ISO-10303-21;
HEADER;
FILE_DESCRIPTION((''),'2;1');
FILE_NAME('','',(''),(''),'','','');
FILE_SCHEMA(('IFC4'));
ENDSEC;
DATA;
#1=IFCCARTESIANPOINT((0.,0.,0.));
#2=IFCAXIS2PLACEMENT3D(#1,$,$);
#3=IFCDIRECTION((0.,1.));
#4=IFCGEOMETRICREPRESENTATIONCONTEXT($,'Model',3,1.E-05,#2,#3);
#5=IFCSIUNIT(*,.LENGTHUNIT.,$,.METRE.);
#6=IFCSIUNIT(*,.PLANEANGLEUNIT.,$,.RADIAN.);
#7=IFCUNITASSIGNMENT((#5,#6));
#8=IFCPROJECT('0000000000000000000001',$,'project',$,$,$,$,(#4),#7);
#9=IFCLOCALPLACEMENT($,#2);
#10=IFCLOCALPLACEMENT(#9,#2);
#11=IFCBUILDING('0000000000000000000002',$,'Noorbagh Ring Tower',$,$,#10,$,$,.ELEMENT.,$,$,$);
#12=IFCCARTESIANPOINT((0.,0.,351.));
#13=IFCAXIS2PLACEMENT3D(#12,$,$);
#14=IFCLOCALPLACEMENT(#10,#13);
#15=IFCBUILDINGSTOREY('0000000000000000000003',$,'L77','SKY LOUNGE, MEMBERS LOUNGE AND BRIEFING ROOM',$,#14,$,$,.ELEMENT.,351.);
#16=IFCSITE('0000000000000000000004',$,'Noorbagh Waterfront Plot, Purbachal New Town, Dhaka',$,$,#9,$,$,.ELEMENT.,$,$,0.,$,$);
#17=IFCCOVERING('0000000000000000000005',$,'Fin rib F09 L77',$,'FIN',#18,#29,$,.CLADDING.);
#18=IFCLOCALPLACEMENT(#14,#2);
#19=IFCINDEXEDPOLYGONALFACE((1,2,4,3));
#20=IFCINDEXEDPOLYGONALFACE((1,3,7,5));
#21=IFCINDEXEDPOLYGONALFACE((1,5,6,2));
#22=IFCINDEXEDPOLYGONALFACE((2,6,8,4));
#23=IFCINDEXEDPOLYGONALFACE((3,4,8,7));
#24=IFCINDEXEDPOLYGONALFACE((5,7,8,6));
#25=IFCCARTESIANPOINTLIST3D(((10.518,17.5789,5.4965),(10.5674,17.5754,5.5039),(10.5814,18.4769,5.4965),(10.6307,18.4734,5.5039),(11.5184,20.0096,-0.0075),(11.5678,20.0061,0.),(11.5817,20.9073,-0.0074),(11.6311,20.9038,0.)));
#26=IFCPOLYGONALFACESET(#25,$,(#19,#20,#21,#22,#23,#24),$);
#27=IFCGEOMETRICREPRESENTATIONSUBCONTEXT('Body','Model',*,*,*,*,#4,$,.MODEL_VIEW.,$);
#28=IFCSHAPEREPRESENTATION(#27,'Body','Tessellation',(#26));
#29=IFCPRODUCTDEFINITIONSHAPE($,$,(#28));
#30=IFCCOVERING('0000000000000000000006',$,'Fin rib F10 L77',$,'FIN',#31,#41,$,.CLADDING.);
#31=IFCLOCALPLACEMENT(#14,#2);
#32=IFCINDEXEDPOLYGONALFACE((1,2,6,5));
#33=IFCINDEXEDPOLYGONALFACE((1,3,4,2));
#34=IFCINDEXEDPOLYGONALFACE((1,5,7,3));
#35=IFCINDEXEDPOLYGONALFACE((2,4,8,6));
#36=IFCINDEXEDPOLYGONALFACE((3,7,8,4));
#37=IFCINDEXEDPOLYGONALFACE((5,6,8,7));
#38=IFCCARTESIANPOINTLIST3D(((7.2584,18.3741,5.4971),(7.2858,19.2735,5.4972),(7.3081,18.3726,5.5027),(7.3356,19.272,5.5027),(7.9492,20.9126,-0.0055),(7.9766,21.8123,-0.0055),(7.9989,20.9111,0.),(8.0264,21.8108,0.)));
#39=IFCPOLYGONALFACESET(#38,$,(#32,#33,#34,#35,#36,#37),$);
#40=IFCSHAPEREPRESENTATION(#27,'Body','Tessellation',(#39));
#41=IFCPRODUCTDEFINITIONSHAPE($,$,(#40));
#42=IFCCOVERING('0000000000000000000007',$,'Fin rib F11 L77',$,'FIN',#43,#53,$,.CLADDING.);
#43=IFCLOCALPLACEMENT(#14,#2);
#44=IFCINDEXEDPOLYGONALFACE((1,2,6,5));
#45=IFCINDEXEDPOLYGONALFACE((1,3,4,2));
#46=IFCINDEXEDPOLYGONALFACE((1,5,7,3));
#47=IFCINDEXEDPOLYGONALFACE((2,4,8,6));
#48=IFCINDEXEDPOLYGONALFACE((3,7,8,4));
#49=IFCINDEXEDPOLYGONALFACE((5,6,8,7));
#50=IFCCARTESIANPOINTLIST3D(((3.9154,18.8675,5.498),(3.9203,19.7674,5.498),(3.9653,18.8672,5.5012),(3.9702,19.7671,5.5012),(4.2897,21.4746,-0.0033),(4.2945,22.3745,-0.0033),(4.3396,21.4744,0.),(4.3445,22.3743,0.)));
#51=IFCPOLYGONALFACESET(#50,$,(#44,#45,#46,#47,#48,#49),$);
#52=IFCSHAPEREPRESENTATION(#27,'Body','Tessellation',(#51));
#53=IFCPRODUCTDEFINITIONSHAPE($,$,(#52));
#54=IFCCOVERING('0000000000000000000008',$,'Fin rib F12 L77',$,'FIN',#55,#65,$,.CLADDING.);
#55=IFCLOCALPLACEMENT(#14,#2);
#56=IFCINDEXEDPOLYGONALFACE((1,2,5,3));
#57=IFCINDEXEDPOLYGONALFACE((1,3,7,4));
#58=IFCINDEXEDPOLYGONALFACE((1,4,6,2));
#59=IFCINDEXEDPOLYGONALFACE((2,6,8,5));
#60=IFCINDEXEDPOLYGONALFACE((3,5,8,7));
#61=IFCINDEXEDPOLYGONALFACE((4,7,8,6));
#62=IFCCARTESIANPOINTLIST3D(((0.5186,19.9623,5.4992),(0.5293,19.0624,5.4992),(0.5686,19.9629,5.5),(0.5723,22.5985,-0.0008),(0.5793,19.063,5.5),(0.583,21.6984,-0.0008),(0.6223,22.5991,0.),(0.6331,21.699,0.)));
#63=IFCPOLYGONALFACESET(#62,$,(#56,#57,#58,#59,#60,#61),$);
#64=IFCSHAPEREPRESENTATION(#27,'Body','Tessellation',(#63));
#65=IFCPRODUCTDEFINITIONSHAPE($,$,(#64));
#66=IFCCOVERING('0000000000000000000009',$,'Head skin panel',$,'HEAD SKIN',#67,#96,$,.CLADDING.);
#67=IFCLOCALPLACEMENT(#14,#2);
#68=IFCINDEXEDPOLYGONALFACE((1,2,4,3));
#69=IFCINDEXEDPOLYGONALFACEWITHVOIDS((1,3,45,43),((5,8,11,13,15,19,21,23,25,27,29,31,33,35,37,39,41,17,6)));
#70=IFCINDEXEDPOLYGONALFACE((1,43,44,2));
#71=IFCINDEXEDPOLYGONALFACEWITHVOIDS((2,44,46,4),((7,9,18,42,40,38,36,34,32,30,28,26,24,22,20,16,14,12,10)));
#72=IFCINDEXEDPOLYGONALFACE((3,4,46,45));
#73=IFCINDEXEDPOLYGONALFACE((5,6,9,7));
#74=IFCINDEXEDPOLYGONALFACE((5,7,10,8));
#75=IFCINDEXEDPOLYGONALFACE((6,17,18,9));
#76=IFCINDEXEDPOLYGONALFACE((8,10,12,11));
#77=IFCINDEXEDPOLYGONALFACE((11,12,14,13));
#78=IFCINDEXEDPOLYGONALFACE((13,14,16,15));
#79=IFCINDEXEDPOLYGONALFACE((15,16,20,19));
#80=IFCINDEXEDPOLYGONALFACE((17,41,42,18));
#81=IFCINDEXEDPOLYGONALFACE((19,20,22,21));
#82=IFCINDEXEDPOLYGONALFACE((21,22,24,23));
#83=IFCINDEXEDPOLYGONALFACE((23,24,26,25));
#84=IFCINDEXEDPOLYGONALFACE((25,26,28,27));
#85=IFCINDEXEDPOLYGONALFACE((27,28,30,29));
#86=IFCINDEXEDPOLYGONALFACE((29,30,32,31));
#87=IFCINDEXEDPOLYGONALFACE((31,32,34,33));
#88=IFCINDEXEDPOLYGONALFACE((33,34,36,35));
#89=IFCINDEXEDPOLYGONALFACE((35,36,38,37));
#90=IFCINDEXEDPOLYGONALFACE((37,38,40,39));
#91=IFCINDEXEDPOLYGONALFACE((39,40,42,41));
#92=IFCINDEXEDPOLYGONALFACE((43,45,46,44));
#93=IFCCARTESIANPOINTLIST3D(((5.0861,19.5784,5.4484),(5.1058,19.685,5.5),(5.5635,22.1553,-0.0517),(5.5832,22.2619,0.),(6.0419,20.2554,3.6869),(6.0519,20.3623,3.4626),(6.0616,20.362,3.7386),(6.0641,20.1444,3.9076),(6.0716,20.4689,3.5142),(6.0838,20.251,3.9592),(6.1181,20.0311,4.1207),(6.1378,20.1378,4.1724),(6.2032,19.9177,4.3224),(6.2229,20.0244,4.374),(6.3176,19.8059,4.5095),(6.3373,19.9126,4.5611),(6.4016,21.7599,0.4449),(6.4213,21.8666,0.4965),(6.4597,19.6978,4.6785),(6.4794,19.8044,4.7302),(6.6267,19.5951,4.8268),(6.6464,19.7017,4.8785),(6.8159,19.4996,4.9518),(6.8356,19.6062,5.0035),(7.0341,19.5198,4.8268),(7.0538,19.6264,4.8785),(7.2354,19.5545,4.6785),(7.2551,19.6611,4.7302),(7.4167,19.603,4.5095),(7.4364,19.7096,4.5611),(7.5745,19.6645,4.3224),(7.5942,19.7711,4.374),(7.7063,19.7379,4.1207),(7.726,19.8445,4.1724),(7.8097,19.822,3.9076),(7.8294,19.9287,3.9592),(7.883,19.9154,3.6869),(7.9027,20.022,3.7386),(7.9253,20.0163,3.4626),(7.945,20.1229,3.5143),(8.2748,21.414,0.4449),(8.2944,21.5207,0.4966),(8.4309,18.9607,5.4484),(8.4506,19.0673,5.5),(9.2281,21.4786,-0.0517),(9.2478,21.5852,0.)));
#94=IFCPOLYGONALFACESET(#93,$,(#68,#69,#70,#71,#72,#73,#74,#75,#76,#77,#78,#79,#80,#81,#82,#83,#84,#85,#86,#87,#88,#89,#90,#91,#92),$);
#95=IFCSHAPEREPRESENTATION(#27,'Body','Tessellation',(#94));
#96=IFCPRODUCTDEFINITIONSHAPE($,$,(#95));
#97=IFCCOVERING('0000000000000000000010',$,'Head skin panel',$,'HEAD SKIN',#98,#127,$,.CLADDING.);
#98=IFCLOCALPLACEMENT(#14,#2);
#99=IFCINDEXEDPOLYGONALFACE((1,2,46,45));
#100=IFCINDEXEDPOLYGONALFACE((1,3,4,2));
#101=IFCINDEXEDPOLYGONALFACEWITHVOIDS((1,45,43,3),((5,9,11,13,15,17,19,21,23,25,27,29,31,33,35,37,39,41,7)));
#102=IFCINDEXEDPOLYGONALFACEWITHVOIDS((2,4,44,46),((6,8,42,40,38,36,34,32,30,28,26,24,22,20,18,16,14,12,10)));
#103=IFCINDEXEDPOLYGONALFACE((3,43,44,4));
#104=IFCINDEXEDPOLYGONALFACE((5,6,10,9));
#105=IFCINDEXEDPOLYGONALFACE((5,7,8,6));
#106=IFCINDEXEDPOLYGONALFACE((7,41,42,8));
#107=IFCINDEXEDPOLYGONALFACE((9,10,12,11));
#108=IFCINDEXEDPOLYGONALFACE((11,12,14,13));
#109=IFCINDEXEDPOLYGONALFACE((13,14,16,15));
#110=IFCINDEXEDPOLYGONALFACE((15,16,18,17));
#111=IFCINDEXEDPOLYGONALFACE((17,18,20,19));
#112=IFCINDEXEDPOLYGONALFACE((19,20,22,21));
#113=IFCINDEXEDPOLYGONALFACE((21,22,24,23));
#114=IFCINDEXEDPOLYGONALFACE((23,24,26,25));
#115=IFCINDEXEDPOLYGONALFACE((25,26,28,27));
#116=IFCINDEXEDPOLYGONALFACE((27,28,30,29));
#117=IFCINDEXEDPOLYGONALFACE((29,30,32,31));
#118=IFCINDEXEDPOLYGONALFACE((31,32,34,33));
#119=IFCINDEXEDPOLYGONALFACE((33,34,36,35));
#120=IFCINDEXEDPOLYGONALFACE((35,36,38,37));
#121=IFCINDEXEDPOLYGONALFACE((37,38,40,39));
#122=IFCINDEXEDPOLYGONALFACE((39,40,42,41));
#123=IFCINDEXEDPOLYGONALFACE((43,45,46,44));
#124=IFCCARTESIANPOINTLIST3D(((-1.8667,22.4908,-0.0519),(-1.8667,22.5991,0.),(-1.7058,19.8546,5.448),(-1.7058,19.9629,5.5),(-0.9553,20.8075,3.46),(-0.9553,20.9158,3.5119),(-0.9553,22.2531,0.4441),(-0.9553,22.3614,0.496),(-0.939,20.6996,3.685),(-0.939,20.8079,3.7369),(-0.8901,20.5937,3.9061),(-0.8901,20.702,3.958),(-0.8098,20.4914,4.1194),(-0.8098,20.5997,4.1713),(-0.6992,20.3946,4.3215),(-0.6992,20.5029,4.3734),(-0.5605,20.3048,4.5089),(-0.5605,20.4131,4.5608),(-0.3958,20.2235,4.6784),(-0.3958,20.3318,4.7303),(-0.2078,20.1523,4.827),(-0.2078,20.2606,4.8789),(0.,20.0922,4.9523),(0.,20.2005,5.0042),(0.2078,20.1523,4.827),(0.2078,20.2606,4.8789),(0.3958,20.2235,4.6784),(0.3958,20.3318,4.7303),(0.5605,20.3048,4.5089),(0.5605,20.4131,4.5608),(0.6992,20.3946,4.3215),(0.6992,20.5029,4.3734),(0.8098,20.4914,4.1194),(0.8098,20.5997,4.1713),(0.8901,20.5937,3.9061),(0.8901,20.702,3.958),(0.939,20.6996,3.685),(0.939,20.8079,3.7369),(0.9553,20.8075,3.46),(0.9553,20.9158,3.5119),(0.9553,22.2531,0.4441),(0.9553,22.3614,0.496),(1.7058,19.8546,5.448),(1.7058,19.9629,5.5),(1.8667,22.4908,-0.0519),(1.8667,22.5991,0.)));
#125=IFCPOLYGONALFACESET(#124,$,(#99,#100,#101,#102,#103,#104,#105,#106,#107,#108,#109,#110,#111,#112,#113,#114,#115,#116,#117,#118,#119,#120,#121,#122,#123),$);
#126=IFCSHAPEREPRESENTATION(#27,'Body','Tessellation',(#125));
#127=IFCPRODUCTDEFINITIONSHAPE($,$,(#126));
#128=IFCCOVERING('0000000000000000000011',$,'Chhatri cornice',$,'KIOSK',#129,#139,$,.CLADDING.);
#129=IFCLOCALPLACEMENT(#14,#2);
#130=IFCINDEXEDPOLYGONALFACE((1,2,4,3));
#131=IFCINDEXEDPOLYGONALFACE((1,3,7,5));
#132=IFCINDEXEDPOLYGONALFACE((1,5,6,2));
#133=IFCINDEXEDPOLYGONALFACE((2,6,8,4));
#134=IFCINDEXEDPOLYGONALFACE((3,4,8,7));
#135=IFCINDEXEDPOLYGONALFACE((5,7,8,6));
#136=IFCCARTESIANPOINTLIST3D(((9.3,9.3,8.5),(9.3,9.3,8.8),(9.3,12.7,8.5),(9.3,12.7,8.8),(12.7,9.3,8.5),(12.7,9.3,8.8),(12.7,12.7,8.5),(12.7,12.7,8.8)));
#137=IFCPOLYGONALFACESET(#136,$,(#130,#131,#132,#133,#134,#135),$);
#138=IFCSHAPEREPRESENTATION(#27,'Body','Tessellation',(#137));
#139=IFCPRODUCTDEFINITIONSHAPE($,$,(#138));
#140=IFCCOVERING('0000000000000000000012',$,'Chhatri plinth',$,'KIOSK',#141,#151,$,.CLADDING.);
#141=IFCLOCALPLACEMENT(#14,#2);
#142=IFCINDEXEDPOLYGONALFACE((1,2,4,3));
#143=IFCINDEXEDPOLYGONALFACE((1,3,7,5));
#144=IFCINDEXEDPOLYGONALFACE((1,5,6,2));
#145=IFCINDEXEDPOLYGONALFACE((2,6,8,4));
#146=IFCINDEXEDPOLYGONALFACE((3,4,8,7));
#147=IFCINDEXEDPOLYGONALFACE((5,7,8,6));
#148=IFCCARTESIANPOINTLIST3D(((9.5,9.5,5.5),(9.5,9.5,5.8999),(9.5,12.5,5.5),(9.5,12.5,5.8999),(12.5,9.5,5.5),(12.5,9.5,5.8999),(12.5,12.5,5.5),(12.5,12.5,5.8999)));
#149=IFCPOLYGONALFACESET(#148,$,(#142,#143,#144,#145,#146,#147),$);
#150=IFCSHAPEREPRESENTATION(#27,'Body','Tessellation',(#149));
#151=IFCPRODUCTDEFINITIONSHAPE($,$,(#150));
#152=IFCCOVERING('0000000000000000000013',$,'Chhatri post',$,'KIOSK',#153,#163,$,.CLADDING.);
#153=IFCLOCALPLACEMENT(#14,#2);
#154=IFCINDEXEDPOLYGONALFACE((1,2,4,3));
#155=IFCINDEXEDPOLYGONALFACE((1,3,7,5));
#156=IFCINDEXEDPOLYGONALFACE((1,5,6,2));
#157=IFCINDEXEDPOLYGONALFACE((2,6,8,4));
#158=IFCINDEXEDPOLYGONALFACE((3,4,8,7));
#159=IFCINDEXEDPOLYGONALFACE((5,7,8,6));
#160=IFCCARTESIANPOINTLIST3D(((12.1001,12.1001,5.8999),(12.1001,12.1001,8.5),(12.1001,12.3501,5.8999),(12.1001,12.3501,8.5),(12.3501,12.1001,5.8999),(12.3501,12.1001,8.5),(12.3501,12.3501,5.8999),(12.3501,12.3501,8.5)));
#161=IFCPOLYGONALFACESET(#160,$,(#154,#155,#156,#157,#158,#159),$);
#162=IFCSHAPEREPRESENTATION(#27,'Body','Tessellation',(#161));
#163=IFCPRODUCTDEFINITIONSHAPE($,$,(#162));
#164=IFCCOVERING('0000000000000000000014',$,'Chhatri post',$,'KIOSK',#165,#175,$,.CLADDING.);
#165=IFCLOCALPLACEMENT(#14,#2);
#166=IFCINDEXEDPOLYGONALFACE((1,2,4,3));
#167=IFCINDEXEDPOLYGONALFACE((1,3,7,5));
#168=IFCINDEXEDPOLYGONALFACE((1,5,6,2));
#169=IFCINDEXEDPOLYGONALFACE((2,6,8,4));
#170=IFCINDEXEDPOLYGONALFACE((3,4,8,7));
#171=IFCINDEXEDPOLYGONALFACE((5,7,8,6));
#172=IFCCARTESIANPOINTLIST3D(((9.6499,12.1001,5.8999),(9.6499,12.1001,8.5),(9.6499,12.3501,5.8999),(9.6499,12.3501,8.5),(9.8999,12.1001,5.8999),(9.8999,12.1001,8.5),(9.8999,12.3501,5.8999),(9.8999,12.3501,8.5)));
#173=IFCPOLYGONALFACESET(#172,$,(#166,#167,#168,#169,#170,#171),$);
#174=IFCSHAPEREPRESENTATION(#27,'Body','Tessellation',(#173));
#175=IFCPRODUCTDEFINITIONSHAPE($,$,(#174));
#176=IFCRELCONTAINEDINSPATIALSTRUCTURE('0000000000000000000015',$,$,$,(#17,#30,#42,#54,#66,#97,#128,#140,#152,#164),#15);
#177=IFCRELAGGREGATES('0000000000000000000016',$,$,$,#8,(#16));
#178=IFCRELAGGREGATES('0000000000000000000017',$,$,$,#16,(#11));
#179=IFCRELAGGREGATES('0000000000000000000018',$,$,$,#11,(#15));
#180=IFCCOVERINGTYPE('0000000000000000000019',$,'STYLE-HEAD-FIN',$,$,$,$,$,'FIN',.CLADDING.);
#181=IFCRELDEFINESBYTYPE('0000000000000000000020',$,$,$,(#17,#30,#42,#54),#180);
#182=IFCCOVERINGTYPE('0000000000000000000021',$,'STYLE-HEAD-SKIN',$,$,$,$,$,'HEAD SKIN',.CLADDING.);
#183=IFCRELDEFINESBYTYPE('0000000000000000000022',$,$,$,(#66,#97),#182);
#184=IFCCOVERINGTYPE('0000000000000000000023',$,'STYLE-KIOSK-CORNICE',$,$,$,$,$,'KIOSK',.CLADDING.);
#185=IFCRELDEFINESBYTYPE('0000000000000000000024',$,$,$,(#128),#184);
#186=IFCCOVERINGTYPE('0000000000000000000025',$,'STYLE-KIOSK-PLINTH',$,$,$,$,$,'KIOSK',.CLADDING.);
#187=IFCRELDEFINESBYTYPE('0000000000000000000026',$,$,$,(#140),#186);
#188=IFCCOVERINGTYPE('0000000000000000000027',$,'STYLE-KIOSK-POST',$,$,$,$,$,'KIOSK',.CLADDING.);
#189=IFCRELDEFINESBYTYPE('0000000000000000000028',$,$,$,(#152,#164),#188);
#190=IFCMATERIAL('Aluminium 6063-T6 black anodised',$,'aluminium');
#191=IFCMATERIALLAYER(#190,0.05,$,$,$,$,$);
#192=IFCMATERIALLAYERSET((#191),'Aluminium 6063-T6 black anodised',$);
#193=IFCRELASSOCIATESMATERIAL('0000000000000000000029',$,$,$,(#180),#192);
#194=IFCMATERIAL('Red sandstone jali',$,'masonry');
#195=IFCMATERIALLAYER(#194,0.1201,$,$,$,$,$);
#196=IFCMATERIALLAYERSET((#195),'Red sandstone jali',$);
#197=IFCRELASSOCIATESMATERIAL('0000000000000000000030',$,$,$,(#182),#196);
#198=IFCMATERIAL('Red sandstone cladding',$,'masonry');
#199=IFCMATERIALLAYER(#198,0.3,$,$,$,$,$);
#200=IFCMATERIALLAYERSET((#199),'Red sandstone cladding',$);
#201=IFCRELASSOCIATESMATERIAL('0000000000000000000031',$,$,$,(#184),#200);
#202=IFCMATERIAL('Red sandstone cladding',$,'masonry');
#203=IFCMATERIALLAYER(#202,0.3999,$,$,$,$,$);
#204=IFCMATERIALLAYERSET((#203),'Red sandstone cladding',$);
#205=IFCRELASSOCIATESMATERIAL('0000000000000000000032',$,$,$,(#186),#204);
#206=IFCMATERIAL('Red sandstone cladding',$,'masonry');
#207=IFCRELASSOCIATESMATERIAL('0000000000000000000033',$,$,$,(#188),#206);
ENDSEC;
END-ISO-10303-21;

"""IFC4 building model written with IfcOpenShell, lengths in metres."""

from ifc_helpers import new_model, si_unit, direction, frame, origin, origin_2d, place, context, subcontext, project, spatial, polyline, rectangle, outline, extrude, material, layer, layer_set, type_object, element, save


model = new_model("IFC4")

# Units and contexts
model_context = context("Model", 3, precision=1e-05, world=origin(), true_north=direction((0.0, 1.0)))
body_context = subcontext(model_context, "Body", "Model", "MODEL_VIEW")
ifc_project = project(units=[si_unit("LENGTHUNIT", "METRE"), si_unit("PLANEANGLEUNIT", "RADIAN")], contexts=[model_context])

# Site, building, storey
site_placement = place(None, origin())
site = spatial("IfcSite", under=ifc_project, at=site_placement, Name="Noorbagh Waterfront Plot, Purbachal New Town, Dhaka", CompositionType="ELEMENT", RefElevation=0.0)
building_placement = place(site_placement, origin())
building = spatial("IfcBuilding", under=site, at=building_placement, Name="Noorbagh Ring Tower", CompositionType="ELEMENT")
storey_placement = place(building_placement, frame((0.0, 0.0, 351.0)))
storey = spatial("IfcBuildingStorey", under=building, at=storey_placement, Name="L77", Description="SKY LOUNGE, MEMBERS LOUNGE AND BRIEFING ROOM", CompositionType="ELEMENT", Elevation=351.0)

# Coverings
ifc_material_1 = material(Name="Aluminium 6063-T6 black anodised", Category="aluminium")
ifc_layer_1 = layer(ifc_material_1, 0.05)
ifc_layer_set_1 = layer_set([ifc_layer_1], Name="Aluminium 6063-T6 black anodised")
covering_type_1 = type_object("IfcCoveringType", Name="STYLE-HEAD-FIN", ElementType="FIN", PredefinedType="CLADDING", material=ifc_layer_set_1)
covering_1_placement = place(storey_placement, frame((11.6311, 20.9038, 0.0), z_axis=(0.986451, -0.069608, 0.148554), x_axis=(-0.164014, -0.39848, 0.902393)))
element("IfcCovering", 1, at=covering_1_placement, inside=storey, type_object=covering_type_1, Name="Fin rib F09 L77", ObjectType="FIN", PredefinedType="CLADDING", context=body_context, shape_type="SweptSolid", body=[
    extrude(outline(polyline([(0.0, 0.0), (6.0992, 0.0), (6.4674, 0.8214), (0.3681, 0.8212), (0.0, 0.0)])), origin(), (0.0, 0.0, -1.0), 0.05),
])
covering_2_placement = place(storey_placement, frame((8.0264, 21.8108, 0.0), z_axis=(0.993389, -0.030331, 0.110714), x_axis=(-0.113257, -0.416242, 0.902172)))
element("IfcCovering", 2, at=covering_2_placement, inside=storey, type_object=covering_type_1, Name="Fin rib F10 L77", ObjectType="FIN", PredefinedType="CLADDING", context=body_context, shape_type="SweptSolid", body=[
    extrude(outline(polyline([(0.0, 0.0), (6.0994, 0.0), (6.4769, 0.8168), (0.3776, 0.817), (0.0, 0.0)])), origin(), (0.0, 0.0, -1.0), 0.05),
])
covering_3_placement = place(storey_placement, frame((4.3445, 22.3743, 0.0), z_axis=(0.99785, -0.005414, 0.065321), x_axis=(-0.061363, -0.427459, 0.90195)))
element("IfcCovering", 3, at=covering_3_placement, inside=storey, type_object=covering_type_1, Name="Fin rib F11 L77", ObjectType="FIN", PredefinedType="CLADDING", context=body_context, shape_type="SweptSolid", body=[
    extrude(outline(polyline([(0.0, 0.0), (6.0993, 0.0), (6.4842, 0.8134), (0.385, 0.8134), (0.0, 0.0)])), origin(), (0.0, 0.0, -1.0), 0.05),
])
covering_4_placement = place(storey_placement, frame((0.6223, 22.5991, 0.0), z_axis=(0.999809, 0.011933, 0.015483), x_axis=(-0.008806, -0.432212, 0.901729)))
element("IfcCovering", 4, at=covering_4_placement, inside=storey, type_object=covering_type_1, Name="Fin rib F12 L77", ObjectType="FIN", PredefinedType="CLADDING", context=body_context, shape_type="SweptSolid", body=[
    extrude(outline(polyline([(0.0, 0.0), (6.0994, 0.0), (6.4882, 0.8116), (0.389, 0.8118), (0.0, 0.0)])), origin(), (0.0, 0.0, -1.0), 0.05),
])
ifc_material_2 = material(Name="Red sandstone jali", Category="masonry")
ifc_layer_2 = layer(ifc_material_2, 0.1201)
ifc_layer_set_2 = layer_set([ifc_layer_2], Name="Red sandstone jali")
covering_type_2 = type_object("IfcCoveringType", Name="STYLE-HEAD-SKIN", ElementType="HEAD SKIN", PredefinedType="CLADDING", material=ifc_layer_set_2)
covering_5_placement = place(storey_placement, frame((9.2478, 21.5852, 0.0), z_axis=(0.163937, 0.887742, 0.430161), x_axis=(-0.983373, 0.181599, -0.000003)))
element("IfcCovering", 5, at=covering_5_placement, inside=storey, type_object=covering_type_2, Name="Head skin panel", ObjectType="HEAD SKIN", PredefinedType="CLADDING", context=body_context, shape_type="SweptSolid", body=[
    extrude(outline(polyline([(0.0, 0.0), (3.7266, 0.0), (3.728, 6.0925), (0.3267, 6.0925), (0.0, 0.0)]), holes=[polyline([(0.9258, 0.55), (1.0156, 3.8928), (1.0388, 4.1414), (1.094, 4.3857), (1.1804, 4.6218), (1.2966, 4.8452), (1.4407, 5.0525), (1.6101, 5.2397), (1.8018, 5.4041), (2.0127, 5.5425), (2.2161, 5.4041), (2.3989, 5.2397), (2.5583, 5.0525), (2.6912, 4.8452), (2.7954, 4.6218), (2.8691, 4.3857), (2.9111, 4.1414), (2.9207, 3.8928), (2.8306, 0.55), (0.9258, 0.55)])]), origin(), (0.0, 0.0, -1.0), 0.1201),
])
covering_6_placement = place(storey_placement, frame((1.8667, 22.5991, 0.0), z_axis=(0.0, 0.901764, 0.432229), x_axis=(-1.0, 0.0, 0.0)))
element("IfcCovering", 6, at=covering_6_placement, inside=storey, type_object=covering_type_2, Name="Head skin panel", ObjectType="HEAD SKIN", PredefinedType="CLADDING", context=body_context, shape_type="SweptSolid", body=[
    extrude(outline(polyline([(0.0, 0.0), (3.7334, 0.0), (3.5725, 6.0991), (0.1609, 6.0991), (0.0, 0.0)]), holes=[polyline([(0.9114, 0.55), (0.9114, 3.8945), (0.9277, 4.144), (0.9766, 4.3892), (1.0569, 4.6257), (1.1675, 4.8499), (1.3062, 5.0576), (1.4709, 5.2456), (1.6589, 5.4104), (1.8667, 5.5493), (2.0745, 5.4104), (2.2625, 5.2456), (2.4272, 5.0576), (2.5659, 4.8499), (2.6765, 4.6257), (2.7568, 4.3892), (2.8057, 4.144), (2.822, 3.8945), (2.822, 0.55), (0.9114, 0.55)])]), origin(), (0.0, 0.0, -1.0), 0.1201),
])
ifc_material_3 = material(Name="Red sandstone cladding", Category="masonry")
ifc_layer_3 = layer(ifc_material_3, 0.3)
ifc_layer_set_3 = layer_set([ifc_layer_3], Name="Red sandstone cladding")
covering_type_3 = type_object("IfcCoveringType", Name="STYLE-KIOSK-CORNICE", ElementType="KIOSK", PredefinedType="CLADDING", material=ifc_layer_set_3)
covering_7_placement = place(storey_placement, frame((11.0, 11.0, 8.5), z_axis=(0.0, 0.0, 1.0), x_axis=(1.0, 0.0, 0.0)))
element("IfcCovering", 7, at=covering_7_placement, inside=storey, type_object=covering_type_3, Name="Chhatri cornice", ObjectType="KIOSK", PredefinedType="CLADDING", context=body_context, shape_type="SweptSolid", body=[
    extrude(rectangle(XDim=3.3999, YDim=3.3999, at=origin_2d()), origin(), (0.0, 0.0, 1.0), 0.3),
])
ifc_material_4 = material(Name="Red sandstone cladding", Category="masonry")
ifc_layer_4 = layer(ifc_material_4, 0.3999)
ifc_layer_set_4 = layer_set([ifc_layer_4], Name="Red sandstone cladding")
covering_type_4 = type_object("IfcCoveringType", Name="STYLE-KIOSK-PLINTH", ElementType="KIOSK", PredefinedType="CLADDING", material=ifc_layer_set_4)
covering_8_placement = place(storey_placement, frame((11.0, 11.0, 5.5), z_axis=(0.0, 0.0, 1.0), x_axis=(1.0, 0.0, 0.0)))
element("IfcCovering", 8, at=covering_8_placement, inside=storey, type_object=covering_type_4, Name="Chhatri plinth", ObjectType="KIOSK", PredefinedType="CLADDING", context=body_context, shape_type="SweptSolid", body=[
    extrude(rectangle(XDim=3.0, YDim=3.0, at=origin_2d()), origin(), (0.0, 0.0, 1.0), 0.3999),
])
ifc_material_5 = material(Name="Red sandstone cladding", Category="masonry")
covering_type_5 = type_object("IfcCoveringType", Name="STYLE-KIOSK-POST", ElementType="KIOSK", PredefinedType="CLADDING", material=ifc_material_5)
for number, where, z_axis, x_axis, name in (
    (9, (12.2251, 12.2251, 5.8999), (0.0, 0.0, 1.0), (1.0, 0.0, 0.0), "Chhatri post"),
    (10, (9.7749, 12.2251, 5.8999), (0.0, 0.0, 1.0), (1.0, 0.0, 0.0), "Chhatri post"),
):
    element("IfcCovering", number, at=place(storey_placement, frame(where, z_axis=z_axis, x_axis=x_axis)), inside=storey, type_object=covering_type_5, Name=name, ObjectType="KIOSK", PredefinedType="CLADDING", context=body_context, shape_type="SweptSolid", body=[
        extrude(rectangle(XDim=0.25, YDim=0.25, at=origin_2d()), origin(), (0.0, 0.0, 1.0), 2.6001),
    ])

save(model, "model.ifc")
